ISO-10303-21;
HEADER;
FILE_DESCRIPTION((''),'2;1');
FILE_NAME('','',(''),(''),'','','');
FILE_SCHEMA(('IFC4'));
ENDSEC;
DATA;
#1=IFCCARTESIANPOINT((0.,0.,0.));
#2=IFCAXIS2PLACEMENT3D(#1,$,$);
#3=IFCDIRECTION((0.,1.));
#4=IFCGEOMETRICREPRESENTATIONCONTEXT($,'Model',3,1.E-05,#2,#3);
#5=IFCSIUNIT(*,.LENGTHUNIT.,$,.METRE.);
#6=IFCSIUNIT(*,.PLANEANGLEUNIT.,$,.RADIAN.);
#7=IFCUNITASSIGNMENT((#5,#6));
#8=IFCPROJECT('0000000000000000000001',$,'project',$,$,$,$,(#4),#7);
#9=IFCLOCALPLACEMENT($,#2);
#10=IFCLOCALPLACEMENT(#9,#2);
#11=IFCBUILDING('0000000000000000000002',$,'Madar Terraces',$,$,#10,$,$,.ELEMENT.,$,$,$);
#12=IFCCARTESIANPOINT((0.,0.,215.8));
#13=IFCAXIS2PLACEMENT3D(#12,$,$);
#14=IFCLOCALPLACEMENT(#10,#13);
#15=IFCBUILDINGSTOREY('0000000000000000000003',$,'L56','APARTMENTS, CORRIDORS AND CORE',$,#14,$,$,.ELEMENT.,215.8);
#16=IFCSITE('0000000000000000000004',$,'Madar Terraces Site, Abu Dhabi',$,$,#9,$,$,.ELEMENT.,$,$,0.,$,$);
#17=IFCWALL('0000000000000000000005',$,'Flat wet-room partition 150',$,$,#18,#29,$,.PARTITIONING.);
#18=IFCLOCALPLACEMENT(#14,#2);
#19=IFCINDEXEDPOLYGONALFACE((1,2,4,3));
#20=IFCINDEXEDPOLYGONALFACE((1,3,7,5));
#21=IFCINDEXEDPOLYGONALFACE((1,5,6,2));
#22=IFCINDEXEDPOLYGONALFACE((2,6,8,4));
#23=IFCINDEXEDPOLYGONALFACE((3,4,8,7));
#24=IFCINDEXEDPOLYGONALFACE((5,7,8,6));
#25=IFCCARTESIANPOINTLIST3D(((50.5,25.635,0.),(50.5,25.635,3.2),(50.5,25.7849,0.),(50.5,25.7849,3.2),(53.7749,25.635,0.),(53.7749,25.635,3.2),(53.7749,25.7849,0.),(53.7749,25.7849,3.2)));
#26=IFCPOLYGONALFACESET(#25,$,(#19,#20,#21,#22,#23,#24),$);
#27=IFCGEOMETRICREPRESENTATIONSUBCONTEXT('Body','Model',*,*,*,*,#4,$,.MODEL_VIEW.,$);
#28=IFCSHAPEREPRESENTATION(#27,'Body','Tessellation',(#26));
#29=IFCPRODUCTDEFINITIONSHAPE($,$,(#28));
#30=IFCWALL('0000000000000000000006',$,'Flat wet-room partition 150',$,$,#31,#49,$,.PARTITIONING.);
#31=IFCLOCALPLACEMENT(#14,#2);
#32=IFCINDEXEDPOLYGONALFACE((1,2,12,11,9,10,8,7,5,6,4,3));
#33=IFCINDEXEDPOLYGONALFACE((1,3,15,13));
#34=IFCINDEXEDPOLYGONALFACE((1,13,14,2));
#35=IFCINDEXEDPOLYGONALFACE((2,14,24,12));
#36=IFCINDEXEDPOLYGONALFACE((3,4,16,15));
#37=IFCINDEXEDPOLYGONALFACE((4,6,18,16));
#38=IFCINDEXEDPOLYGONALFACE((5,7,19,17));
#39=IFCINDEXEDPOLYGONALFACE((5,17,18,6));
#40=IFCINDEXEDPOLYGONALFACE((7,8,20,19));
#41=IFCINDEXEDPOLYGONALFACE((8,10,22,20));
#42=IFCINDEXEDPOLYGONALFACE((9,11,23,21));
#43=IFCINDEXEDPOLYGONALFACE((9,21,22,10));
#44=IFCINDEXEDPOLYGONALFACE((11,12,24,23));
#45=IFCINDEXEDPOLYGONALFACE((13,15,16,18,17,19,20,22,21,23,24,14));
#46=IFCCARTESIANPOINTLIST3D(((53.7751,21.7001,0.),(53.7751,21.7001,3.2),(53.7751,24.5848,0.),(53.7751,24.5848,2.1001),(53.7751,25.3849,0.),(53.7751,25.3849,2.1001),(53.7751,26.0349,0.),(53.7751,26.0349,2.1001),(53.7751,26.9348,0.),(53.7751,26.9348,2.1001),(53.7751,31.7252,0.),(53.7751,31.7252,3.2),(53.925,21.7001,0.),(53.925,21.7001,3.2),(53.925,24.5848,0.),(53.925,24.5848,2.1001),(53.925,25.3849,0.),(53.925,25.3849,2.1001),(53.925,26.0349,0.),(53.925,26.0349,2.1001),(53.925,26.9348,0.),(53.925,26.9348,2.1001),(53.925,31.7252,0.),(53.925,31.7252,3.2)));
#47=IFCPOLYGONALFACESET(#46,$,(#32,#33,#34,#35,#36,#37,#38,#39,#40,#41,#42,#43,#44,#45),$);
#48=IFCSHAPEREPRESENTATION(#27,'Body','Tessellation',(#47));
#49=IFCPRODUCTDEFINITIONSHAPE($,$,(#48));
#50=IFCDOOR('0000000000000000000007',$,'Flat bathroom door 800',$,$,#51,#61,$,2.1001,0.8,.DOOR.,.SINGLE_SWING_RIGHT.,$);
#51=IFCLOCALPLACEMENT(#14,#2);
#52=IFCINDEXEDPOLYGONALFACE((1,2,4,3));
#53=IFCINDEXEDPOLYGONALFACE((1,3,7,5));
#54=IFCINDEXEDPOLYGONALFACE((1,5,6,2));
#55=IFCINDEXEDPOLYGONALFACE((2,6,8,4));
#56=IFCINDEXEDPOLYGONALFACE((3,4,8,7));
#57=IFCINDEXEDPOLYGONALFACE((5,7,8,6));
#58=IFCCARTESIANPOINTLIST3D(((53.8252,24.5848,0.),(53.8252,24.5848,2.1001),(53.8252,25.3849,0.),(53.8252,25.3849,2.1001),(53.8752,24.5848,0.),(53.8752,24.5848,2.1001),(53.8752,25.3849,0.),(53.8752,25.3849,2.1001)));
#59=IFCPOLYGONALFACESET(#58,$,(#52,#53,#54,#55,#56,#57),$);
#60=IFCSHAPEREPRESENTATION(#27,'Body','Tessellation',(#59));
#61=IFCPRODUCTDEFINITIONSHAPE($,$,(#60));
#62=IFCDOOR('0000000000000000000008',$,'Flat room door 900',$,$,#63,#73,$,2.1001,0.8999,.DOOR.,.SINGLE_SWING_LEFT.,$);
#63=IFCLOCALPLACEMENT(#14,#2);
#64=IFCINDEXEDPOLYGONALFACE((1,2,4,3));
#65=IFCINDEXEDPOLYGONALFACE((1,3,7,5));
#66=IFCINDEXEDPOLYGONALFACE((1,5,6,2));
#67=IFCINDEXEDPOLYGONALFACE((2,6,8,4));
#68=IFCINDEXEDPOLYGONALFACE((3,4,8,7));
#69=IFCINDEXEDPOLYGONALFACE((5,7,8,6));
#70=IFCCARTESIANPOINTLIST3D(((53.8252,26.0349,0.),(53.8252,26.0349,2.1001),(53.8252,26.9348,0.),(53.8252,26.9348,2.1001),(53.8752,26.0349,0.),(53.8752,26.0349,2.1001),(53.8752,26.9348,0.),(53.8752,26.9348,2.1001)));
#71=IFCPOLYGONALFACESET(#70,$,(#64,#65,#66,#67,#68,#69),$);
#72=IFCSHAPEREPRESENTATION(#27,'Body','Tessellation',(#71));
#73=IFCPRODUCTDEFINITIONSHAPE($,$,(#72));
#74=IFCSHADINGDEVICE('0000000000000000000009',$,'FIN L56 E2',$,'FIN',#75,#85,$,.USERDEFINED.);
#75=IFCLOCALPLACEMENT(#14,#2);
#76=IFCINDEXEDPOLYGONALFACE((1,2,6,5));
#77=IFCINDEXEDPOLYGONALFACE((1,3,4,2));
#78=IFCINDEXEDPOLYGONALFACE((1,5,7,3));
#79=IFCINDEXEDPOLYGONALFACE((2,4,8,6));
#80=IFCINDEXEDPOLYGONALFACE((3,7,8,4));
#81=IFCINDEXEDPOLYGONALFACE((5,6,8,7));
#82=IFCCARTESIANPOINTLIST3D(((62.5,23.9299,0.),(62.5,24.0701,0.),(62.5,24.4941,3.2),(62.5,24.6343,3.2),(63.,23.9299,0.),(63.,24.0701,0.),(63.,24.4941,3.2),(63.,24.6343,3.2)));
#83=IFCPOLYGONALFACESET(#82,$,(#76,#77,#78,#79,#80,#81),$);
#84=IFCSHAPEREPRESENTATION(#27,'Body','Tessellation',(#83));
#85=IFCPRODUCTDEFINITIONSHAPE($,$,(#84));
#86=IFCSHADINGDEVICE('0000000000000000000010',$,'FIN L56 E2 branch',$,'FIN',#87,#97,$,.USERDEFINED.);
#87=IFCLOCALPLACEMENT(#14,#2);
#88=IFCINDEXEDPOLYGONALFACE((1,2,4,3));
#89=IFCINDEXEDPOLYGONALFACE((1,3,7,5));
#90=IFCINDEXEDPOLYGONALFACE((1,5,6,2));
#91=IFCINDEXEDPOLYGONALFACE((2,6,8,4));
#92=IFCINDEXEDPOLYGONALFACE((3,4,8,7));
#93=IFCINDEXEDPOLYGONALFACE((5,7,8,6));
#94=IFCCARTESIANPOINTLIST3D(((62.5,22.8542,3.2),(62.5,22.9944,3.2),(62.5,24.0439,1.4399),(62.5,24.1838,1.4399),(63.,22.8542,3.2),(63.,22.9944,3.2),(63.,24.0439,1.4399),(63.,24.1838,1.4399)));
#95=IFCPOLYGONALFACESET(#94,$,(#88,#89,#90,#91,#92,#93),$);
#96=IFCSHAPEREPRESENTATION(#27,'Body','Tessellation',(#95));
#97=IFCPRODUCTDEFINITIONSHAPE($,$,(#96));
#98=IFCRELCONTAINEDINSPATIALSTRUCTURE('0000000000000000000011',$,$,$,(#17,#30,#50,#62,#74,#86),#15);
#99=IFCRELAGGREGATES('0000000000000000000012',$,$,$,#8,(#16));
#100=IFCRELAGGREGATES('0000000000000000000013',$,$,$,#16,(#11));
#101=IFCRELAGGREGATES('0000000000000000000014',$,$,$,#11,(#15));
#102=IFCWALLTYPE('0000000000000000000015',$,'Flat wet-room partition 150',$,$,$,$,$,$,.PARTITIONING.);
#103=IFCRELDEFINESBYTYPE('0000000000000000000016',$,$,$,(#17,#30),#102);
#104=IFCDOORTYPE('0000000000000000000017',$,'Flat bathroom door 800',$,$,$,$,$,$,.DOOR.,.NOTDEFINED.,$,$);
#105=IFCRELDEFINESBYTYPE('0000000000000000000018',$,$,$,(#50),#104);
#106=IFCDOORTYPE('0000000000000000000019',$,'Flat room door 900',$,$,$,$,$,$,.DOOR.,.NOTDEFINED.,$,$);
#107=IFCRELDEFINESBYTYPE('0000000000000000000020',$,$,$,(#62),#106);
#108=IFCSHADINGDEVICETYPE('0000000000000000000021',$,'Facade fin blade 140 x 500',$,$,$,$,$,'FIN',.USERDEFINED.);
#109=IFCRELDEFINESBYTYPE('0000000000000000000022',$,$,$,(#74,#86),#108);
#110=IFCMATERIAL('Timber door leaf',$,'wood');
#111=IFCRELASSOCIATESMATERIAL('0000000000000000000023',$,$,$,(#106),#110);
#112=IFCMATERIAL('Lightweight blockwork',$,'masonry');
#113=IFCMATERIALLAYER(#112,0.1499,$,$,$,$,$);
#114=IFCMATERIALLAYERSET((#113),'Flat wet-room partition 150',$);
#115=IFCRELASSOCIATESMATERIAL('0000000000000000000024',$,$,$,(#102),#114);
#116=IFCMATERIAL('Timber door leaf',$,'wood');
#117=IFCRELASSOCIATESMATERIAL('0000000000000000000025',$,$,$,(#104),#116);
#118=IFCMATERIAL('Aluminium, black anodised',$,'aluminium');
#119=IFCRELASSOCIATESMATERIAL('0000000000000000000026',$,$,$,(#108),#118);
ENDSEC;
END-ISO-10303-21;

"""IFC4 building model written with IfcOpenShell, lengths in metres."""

from ifc_helpers import new_model, si_unit, direction, frame, frame_2d, origin, place, context, subcontext, project, spatial, polyline, rectangle, outline, extrude, material, layer, layer_set, type_object, element, fill, save


model = new_model("IFC4")

# Units and contexts
model_context = context("Model", 3, precision=1e-05, world=origin(), true_north=direction((0.0, 1.0)))
body_context = subcontext(model_context, "Body", "Model", "MODEL_VIEW")
ifc_project = project(units=[si_unit("LENGTHUNIT", "METRE"), si_unit("PLANEANGLEUNIT", "RADIAN")], contexts=[model_context])

# Site, building, storey
site_placement = place(None, origin())
site = spatial("IfcSite", under=ifc_project, at=site_placement, Name="Madar Terraces Site, Abu Dhabi", CompositionType="ELEMENT", RefElevation=0.0)
building_placement = place(site_placement, origin())
building = spatial("IfcBuilding", under=site, at=building_placement, Name="Madar Terraces", CompositionType="ELEMENT")
storey_placement = place(building_placement, frame((0.0, 0.0, 215.8)))
storey = spatial("IfcBuildingStorey", under=building, at=storey_placement, Name="L56", Description="APARTMENTS, CORRIDORS AND CORE", CompositionType="ELEMENT", Elevation=215.8)

# Shared definitions
ifc_material_1 = material(Name="Timber door leaf", Category="wood")
door_type_1 = type_object("IfcDoorType", Name="Flat room door 900", OperationType="NOTDEFINED", PredefinedType="DOOR", material=ifc_material_1)

# Wall
ifc_material_2 = material(Name="Lightweight blockwork", Category="masonry")
ifc_layer_1 = layer(ifc_material_2, 0.1499)
ifc_layer_set_1 = layer_set([ifc_layer_1], Name="Flat wet-room partition 150")
wall_type_1 = type_object("IfcWallType", Name="Flat wet-room partition 150", PredefinedType="PARTITIONING", material=ifc_layer_set_1)
wall_1_placement = place(storey_placement, frame((50.5, 25.71, 0.0), z_axis=(0.0, 0.0, 1.0), x_axis=(1.0, 0.0, 0.0)))
element("IfcWall", 1, at=wall_1_placement, inside=storey, type_object=wall_type_1, Name="Flat wet-room partition 150", PredefinedType="PARTITIONING", context=body_context, shape_type="SweptSolid", body=[
    extrude(rectangle(XDim=3.2749, YDim=0.1499, at=frame_2d((1.6375, 0.0))), origin(), (0.0, 0.0, 1.0), 3.2),
])

# Wall, openings, doors
wall_2_placement = place(storey_placement, frame((53.8501, 21.7, 0.0), z_axis=(0.0, 0.0, 1.0), x_axis=(0.0, 1.0, 0.0)))
wall_2 = element("IfcWall", 2, at=wall_2_placement, inside=storey, type_object=wall_type_1, Name="Flat wet-room partition 150", PredefinedType="PARTITIONING", context=body_context, shape_type="SweptSolid", body=[
    extrude(rectangle(XDim=10.0251, YDim=0.1499, at=frame_2d((5.0127, 0.0))), origin(), (0.0, 0.0, 1.0), 3.2),
])
opening_1_placement = place(wall_2_placement, frame((4.335, 0.0, 0.0)))
opening_1 = element("IfcOpeningElement", 3, at=opening_1_placement, cuts=wall_2, PredefinedType="OPENING", context=body_context, shape_type="SweptSolid", body=[
    extrude(rectangle(XDim=0.8999, YDim=2.1001, at=frame_2d((0.45, 1.05))), frame((0.0, 0.085, 0.0), z_axis=(0.0, -1.0, 0.0), x_axis=(1.0, 0.0, 0.0)), (0.0, 0.0, 1.0), 0.1699),
])
opening_2_placement = place(wall_2_placement, frame((2.885, 0.0, 0.0)))
opening_2 = element("IfcOpeningElement", 4, at=opening_2_placement, cuts=wall_2, PredefinedType="OPENING", context=body_context, shape_type="SweptSolid", body=[
    extrude(rectangle(XDim=0.8, YDim=2.1001, at=frame_2d((0.3999, 1.05))), frame((0.0, 0.085, 0.0), z_axis=(0.0, -1.0, 0.0), x_axis=(1.0, 0.0, 0.0)), (0.0, 0.0, 1.0), 0.1699),
])
ifc_material_3 = material(Name="Timber door leaf", Category="wood")
door_type_2 = type_object("IfcDoorType", Name="Flat bathroom door 800", OperationType="NOTDEFINED", PredefinedType="DOOR", material=ifc_material_3)
door_1_placement = place(opening_2_placement, origin())
door_1 = element("IfcDoor", 5, at=door_1_placement, inside=storey, type_object=door_type_2, Name="Flat bathroom door 800", OperationType="SINGLE_SWING_RIGHT", OverallHeight=2.1001, OverallWidth=0.8, PredefinedType="DOOR", context=body_context, shape_type="SweptSolid", body=[
    extrude(rectangle(XDim=0.8, YDim=2.1001, at=frame_2d((0.3999, 1.05))), frame((0.0, 0.0249, 0.0), z_axis=(0.0, -1.0, 0.0), x_axis=(1.0, 0.0, 0.0)), (0.0, 0.0, 1.0), 0.05),
])
fill(opening_2, door_1)
door_2_placement = place(opening_1_placement, origin())
door_2 = element("IfcDoor", 6, at=door_2_placement, inside=storey, type_object=door_type_1, Name="Flat room door 900", OperationType="SINGLE_SWING_LEFT", OverallHeight=2.1001, OverallWidth=0.8999, PredefinedType="DOOR", context=body_context, shape_type="SweptSolid", body=[
    extrude(rectangle(XDim=0.8999, YDim=2.1001, at=frame_2d((0.45, 1.05))), frame((0.0, 0.0249, 0.0), z_axis=(0.0, -1.0, 0.0), x_axis=(1.0, 0.0, 0.0)), (0.0, 0.0, 1.0), 0.05),
])
fill(opening_1, door_2)

# Shading devices
ifc_material_4 = material(Name="Aluminium, black anodised", Category="aluminium")
shading_device_type = type_object("IfcShadingDeviceType", Name="Facade fin blade 140 x 500", ElementType="FIN", PredefinedType="USERDEFINED", material=ifc_material_4)
shading_device_1_placement = place(storey_placement, frame((62.75, 23.9299, 0.0), z_axis=(0.0, 0.0, 1.0), x_axis=(0.0, 1.0, 0.0)))
element("IfcShadingDevice", 7, at=shading_device_1_placement, inside=storey, type_object=shading_device_type, Name="FIN L56 E2", ObjectType="FIN", PredefinedType="USERDEFINED", context=body_context, shape_type="SweptSolid", body=[
    extrude(outline(polyline([(0.0, 0.0), (0.1401, 0.0), (0.7043, 3.2), (0.5642, 3.2), (0.0, 0.0)])), frame((0.0, 0.25, 0.0), z_axis=(0.0, -1.0, 0.0), x_axis=(1.0, 0.0, 0.0)), (0.0, 0.0, 1.0), 0.5),
])
shading_device_2_placement = place(storey_placement, frame((62.75, 24.0439, 1.4399), z_axis=(0.0, 0.0, 1.0), x_axis=(0.0, 1.0, 0.0)))
element("IfcShadingDevice", 8, at=shading_device_2_placement, inside=storey, type_object=shading_device_type, Name="FIN L56 E2 branch", ObjectType="FIN", PredefinedType="USERDEFINED", context=body_context, shape_type="SweptSolid", body=[
    extrude(outline(polyline([(0.0, 0.0), (0.1399, 0.0), (-1.0496, 1.76), (-1.1897, 1.76), (0.0, 0.0)])), frame((0.0, 0.25, 0.0), z_axis=(0.0, -1.0, 0.0), x_axis=(1.0, 0.0, 0.0)), (0.0, 0.0, 1.0), 0.5),
])

save(model, "model.ifc")
